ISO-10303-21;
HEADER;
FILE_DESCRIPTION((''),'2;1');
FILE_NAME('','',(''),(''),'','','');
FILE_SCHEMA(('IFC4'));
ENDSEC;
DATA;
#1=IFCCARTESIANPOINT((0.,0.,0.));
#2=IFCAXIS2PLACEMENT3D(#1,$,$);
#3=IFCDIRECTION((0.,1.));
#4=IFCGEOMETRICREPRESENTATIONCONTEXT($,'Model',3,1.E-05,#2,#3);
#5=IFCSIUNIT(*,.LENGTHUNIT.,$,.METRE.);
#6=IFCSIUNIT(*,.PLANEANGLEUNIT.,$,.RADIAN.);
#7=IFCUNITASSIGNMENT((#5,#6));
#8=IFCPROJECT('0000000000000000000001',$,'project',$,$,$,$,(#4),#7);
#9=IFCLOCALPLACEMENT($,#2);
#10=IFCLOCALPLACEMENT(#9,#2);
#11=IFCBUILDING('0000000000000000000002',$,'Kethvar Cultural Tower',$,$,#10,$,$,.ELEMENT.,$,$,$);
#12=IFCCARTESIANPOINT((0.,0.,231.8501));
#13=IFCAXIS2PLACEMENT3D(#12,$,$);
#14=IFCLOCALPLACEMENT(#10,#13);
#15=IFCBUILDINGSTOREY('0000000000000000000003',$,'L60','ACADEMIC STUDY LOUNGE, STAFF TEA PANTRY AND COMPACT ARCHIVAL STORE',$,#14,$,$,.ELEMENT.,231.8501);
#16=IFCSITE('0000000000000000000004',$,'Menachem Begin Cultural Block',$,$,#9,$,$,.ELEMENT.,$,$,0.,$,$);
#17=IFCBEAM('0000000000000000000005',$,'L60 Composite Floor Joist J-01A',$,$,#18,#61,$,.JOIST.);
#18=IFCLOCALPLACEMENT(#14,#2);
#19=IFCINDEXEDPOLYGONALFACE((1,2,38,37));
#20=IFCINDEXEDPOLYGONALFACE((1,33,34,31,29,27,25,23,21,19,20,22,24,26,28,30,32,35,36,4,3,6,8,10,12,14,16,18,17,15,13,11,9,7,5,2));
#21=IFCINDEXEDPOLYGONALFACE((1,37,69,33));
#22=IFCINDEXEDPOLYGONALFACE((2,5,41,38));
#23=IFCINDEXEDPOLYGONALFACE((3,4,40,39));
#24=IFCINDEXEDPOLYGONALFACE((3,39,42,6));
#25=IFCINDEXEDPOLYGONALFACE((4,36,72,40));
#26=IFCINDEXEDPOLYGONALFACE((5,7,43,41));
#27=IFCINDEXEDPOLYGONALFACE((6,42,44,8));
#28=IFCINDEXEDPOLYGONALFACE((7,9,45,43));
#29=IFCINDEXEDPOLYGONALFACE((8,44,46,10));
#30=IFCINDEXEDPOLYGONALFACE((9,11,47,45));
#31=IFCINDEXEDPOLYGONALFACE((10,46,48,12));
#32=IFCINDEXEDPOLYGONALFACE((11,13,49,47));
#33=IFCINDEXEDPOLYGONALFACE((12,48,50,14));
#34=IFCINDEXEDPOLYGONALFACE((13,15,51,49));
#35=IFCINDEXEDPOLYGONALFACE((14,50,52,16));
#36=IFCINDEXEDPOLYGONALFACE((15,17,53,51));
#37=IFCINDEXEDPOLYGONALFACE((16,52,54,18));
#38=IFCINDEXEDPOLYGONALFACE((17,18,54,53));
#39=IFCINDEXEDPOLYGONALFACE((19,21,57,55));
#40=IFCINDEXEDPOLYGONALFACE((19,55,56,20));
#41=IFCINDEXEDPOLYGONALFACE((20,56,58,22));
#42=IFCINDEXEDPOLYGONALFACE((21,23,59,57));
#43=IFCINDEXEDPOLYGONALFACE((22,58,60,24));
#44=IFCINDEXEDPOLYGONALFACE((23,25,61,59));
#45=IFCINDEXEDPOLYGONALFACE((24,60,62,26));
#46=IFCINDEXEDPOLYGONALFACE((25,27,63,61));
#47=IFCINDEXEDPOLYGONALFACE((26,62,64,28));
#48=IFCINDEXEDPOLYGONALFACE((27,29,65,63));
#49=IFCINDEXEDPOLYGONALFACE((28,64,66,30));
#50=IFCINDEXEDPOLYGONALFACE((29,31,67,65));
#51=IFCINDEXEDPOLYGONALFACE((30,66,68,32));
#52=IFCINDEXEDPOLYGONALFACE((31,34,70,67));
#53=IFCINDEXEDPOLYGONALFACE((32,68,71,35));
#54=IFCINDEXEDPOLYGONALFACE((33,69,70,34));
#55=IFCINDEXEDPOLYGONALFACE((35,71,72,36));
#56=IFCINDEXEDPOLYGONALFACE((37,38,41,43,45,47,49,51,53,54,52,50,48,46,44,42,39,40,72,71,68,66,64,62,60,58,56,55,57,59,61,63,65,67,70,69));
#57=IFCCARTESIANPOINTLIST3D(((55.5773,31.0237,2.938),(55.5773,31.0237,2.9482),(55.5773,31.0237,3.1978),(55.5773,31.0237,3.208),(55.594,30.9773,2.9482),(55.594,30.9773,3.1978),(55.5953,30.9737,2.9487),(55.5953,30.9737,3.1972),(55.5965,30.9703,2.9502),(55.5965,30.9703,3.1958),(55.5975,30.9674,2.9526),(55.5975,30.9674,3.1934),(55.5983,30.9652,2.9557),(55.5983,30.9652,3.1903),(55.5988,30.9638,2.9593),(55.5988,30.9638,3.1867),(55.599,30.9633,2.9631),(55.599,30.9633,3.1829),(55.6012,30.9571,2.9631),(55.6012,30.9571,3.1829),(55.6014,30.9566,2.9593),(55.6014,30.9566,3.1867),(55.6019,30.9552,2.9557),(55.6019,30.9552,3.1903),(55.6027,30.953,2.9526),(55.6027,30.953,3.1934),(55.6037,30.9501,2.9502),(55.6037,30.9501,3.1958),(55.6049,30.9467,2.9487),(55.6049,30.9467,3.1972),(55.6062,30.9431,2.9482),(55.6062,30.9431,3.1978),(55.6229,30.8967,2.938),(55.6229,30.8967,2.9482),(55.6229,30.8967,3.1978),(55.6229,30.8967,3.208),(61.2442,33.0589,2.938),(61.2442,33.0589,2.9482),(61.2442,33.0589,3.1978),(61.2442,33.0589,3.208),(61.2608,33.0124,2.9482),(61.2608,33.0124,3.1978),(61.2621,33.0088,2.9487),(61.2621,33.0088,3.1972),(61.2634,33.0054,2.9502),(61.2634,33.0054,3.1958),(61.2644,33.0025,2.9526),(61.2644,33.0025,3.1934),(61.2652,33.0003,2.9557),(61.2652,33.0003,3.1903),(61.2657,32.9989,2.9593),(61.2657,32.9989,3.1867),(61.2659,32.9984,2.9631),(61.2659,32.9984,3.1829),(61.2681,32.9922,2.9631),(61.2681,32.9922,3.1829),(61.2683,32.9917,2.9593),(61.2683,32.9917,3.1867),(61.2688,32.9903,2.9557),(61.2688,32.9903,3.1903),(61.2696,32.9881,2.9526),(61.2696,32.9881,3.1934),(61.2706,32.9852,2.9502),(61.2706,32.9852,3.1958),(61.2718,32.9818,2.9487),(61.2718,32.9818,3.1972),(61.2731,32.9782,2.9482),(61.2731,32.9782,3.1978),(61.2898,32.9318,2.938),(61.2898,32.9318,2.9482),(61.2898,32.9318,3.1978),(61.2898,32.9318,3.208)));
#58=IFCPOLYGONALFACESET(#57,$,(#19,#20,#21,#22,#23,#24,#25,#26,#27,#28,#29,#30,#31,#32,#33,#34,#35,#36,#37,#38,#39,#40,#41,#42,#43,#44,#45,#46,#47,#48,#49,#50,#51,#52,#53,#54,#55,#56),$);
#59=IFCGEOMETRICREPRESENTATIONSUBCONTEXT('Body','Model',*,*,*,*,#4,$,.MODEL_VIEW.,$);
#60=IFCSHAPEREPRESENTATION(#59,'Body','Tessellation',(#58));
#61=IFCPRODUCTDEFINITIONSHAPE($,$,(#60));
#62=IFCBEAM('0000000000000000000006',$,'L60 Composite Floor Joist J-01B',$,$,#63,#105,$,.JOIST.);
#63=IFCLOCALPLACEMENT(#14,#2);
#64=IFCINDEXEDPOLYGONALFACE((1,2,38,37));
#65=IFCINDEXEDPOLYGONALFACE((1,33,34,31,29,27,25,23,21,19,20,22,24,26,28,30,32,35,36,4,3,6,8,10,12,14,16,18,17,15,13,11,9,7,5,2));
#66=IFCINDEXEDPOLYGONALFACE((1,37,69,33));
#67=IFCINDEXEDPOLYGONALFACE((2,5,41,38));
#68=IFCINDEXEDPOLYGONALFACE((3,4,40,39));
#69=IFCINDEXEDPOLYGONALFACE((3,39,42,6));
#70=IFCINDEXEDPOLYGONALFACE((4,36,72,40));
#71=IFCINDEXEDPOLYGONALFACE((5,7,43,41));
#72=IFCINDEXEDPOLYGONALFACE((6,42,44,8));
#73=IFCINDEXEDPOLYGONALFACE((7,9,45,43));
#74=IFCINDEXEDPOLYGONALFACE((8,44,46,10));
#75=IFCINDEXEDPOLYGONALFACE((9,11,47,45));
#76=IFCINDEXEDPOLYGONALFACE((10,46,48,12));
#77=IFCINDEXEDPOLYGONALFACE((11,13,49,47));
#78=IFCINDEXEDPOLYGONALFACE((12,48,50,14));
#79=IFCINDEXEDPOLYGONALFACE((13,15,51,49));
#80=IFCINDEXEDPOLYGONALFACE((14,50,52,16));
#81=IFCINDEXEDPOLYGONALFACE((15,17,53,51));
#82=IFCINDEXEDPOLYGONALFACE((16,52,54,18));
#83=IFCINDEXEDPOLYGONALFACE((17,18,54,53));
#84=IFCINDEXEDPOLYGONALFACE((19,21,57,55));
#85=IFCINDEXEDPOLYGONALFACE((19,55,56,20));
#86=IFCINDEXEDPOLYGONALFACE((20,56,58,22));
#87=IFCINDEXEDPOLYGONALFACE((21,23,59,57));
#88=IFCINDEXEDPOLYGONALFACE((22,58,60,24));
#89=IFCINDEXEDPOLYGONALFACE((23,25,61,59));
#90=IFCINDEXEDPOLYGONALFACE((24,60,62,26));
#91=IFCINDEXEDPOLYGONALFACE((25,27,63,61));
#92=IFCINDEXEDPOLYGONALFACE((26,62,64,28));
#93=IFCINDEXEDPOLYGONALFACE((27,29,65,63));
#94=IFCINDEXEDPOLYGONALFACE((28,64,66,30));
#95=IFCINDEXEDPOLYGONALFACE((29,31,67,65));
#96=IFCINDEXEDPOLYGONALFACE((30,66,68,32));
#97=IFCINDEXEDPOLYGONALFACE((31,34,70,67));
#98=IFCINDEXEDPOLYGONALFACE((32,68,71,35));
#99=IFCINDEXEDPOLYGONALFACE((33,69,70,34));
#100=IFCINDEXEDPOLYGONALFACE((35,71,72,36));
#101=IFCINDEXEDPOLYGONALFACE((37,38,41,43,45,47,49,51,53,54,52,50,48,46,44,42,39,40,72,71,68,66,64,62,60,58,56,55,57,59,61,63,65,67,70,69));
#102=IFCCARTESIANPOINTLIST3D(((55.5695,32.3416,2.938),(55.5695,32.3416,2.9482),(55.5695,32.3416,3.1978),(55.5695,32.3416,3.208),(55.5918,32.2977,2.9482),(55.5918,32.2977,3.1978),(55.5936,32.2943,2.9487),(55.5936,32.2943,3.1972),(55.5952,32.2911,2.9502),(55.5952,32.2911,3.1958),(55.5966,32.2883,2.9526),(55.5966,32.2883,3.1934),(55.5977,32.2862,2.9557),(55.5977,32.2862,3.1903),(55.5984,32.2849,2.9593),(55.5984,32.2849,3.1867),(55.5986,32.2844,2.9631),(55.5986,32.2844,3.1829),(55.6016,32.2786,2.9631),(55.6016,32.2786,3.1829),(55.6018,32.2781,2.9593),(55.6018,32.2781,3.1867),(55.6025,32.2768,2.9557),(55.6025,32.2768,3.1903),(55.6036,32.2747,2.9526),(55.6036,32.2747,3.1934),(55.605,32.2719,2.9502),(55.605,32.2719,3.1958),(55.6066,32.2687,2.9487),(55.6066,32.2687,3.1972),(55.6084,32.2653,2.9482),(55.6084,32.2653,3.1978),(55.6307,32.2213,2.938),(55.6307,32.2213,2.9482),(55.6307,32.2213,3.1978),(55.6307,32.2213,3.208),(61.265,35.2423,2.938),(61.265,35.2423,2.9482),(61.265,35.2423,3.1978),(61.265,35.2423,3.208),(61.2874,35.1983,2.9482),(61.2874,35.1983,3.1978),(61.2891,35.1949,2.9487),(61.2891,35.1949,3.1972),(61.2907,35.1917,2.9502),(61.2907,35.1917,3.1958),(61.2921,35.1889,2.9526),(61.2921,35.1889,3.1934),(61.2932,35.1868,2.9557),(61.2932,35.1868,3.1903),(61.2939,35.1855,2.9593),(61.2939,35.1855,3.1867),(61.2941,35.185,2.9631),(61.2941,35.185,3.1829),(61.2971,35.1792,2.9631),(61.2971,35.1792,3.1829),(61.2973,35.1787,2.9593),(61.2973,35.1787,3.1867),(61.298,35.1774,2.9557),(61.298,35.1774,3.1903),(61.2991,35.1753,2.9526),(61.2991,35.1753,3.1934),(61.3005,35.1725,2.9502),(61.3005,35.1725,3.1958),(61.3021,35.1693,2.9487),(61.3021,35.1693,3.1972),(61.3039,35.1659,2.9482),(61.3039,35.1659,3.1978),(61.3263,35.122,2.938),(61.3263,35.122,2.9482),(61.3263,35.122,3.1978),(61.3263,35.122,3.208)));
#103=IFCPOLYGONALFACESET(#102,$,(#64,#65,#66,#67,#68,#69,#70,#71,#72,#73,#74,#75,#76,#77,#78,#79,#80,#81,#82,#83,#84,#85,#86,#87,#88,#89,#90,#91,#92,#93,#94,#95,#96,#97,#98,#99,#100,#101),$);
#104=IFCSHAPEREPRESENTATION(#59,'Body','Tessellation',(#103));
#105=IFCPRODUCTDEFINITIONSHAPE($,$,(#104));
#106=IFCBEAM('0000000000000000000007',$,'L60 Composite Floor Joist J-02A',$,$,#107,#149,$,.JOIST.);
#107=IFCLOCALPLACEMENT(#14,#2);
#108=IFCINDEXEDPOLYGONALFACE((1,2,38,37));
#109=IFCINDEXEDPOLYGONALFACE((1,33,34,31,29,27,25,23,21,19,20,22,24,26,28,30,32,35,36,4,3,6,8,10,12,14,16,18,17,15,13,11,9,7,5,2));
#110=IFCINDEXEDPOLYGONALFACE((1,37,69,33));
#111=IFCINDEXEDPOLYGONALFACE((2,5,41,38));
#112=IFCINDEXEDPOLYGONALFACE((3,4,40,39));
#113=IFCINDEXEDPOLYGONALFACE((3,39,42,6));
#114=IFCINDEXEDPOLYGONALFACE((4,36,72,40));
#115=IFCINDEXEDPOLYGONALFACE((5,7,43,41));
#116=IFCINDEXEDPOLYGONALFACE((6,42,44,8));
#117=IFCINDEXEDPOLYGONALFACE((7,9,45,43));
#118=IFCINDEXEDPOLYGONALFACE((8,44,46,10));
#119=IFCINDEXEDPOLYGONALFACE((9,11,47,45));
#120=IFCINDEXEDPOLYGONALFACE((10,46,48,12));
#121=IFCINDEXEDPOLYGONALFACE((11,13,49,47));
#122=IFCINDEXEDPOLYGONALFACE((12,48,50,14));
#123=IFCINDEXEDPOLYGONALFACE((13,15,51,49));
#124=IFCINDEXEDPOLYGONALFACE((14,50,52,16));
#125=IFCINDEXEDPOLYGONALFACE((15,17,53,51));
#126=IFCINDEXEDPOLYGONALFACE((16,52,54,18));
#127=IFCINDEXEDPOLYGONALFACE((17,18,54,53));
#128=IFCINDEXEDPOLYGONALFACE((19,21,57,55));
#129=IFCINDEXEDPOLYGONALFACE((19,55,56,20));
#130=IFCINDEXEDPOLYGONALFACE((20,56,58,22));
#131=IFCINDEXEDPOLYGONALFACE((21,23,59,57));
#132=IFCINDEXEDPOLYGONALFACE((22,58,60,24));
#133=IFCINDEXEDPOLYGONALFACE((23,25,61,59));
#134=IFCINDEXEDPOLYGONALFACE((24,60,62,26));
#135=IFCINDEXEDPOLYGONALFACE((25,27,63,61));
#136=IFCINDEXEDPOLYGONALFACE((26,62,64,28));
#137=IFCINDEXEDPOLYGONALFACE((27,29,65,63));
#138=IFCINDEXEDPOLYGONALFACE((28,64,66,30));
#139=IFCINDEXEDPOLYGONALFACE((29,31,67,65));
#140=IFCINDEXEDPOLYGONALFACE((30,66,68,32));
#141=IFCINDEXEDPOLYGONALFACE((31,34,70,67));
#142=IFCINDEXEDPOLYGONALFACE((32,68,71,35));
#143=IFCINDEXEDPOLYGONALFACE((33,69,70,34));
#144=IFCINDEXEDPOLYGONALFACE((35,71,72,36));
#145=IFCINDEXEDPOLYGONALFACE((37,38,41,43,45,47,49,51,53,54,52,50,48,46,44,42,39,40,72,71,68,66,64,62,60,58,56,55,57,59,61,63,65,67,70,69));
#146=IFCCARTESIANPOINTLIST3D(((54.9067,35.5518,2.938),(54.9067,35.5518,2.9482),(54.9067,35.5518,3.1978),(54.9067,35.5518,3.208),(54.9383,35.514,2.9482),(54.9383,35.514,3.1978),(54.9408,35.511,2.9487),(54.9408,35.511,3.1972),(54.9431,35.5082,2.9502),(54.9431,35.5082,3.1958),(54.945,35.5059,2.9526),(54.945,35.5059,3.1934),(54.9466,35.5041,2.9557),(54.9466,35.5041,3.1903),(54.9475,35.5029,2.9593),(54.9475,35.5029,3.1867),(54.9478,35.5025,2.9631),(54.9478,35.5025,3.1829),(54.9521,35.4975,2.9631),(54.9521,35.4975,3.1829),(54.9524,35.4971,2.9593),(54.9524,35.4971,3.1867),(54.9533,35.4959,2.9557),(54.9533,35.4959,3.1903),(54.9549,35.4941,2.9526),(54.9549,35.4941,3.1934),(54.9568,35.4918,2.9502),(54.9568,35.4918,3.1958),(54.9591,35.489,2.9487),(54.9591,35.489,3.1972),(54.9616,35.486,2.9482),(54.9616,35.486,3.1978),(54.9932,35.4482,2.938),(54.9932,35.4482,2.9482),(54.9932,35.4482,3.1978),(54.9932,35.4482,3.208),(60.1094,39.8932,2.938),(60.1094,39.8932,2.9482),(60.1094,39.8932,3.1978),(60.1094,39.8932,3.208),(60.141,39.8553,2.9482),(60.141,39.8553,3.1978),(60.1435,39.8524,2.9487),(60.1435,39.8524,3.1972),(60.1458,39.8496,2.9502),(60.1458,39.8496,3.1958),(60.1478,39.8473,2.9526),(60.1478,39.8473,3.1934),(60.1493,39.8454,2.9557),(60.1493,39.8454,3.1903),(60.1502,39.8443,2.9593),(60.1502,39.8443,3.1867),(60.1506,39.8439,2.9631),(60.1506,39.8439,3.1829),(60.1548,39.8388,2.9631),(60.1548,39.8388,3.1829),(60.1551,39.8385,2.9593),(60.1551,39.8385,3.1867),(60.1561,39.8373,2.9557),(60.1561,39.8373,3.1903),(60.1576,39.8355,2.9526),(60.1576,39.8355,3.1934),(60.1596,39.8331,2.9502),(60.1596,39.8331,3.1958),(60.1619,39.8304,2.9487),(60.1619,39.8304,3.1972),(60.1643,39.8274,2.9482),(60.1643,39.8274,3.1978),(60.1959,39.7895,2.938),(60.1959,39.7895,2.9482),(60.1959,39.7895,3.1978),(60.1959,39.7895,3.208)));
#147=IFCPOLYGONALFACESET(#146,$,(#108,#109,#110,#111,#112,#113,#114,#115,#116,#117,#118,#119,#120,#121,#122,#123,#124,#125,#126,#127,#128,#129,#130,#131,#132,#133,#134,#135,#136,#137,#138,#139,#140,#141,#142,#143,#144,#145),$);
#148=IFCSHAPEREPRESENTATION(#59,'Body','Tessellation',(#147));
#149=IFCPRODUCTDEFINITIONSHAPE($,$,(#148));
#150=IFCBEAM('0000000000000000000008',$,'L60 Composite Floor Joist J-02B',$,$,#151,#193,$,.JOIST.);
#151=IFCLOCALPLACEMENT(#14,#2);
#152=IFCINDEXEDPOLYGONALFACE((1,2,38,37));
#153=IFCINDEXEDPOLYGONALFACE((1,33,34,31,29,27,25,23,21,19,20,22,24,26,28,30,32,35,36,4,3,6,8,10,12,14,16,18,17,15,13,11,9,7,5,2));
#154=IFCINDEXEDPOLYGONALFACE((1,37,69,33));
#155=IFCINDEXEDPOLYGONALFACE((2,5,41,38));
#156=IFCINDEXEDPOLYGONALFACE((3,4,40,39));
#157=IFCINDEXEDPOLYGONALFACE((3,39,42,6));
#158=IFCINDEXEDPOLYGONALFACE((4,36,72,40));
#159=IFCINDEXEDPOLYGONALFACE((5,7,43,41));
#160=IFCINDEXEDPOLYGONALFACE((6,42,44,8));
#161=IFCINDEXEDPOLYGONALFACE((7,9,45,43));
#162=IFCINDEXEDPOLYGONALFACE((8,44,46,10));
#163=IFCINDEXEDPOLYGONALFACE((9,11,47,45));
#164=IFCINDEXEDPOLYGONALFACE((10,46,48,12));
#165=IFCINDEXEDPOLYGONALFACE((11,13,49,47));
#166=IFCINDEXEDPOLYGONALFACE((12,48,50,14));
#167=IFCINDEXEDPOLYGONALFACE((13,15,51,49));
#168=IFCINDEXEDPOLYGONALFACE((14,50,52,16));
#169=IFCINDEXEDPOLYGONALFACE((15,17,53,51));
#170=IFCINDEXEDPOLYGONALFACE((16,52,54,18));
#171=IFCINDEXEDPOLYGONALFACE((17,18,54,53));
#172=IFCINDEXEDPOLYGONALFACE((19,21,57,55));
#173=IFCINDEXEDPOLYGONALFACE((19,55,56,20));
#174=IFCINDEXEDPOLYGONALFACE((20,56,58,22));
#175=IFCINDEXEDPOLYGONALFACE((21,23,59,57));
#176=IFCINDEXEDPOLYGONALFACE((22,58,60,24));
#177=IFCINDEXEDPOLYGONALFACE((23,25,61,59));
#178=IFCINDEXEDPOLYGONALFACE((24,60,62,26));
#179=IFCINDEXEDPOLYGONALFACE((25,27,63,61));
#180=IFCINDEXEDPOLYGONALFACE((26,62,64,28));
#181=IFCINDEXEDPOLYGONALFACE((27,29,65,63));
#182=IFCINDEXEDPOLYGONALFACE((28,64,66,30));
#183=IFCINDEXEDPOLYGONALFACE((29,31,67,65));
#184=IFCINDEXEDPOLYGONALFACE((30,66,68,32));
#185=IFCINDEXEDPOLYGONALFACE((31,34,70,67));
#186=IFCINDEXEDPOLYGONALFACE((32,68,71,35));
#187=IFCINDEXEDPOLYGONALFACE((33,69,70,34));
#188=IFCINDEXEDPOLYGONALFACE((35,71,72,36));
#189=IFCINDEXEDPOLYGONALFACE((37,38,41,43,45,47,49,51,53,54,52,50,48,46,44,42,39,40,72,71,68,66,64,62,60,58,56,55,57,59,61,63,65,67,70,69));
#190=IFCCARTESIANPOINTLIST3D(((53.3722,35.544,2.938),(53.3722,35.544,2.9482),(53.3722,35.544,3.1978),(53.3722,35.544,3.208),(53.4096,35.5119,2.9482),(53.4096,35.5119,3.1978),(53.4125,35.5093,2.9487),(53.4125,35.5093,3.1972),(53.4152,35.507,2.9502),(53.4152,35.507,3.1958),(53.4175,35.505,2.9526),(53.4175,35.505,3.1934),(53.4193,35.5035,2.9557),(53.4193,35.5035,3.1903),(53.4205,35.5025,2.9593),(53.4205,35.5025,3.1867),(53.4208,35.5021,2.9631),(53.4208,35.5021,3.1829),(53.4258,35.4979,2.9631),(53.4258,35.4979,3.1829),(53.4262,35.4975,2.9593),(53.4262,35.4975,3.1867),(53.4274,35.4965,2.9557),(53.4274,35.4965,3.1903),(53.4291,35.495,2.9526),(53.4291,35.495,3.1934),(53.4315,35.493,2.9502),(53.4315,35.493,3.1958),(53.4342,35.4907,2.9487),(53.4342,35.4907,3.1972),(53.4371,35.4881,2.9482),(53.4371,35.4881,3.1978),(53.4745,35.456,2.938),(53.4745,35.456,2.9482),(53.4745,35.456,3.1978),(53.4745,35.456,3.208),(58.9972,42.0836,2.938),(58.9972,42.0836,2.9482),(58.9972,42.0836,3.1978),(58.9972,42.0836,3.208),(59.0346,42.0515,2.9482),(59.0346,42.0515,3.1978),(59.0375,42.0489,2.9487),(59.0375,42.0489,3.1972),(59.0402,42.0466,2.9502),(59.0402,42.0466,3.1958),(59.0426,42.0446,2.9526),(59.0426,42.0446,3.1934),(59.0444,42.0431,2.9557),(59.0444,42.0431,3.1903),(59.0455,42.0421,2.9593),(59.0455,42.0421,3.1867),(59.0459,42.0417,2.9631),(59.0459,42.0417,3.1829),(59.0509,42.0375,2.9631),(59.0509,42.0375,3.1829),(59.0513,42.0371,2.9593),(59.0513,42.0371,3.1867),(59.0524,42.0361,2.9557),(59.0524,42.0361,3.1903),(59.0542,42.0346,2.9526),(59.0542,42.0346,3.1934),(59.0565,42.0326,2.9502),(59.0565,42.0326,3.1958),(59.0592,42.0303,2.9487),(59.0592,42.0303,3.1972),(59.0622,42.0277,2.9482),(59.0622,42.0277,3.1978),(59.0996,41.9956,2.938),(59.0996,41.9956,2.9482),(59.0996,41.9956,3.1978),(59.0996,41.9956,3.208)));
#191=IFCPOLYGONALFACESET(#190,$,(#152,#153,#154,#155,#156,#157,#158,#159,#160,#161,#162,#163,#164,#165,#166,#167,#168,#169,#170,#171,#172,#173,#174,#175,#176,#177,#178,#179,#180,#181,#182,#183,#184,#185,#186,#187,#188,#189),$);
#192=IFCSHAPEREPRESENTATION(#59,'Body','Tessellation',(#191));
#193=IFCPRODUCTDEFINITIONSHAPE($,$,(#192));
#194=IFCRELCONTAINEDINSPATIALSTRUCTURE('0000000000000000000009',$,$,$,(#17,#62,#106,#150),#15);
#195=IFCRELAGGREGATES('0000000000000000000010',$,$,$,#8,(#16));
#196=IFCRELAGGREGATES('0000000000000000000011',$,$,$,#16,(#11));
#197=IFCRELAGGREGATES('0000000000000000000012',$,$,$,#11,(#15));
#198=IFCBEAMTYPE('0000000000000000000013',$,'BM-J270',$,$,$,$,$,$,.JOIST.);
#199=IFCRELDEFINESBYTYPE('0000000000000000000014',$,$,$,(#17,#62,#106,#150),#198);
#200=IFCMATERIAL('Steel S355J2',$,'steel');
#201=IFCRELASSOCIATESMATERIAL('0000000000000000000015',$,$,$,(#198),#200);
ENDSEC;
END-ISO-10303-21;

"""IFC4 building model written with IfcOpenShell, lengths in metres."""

from ifc_helpers import new_model, si_unit, direction, frame, origin, origin_2d, place, context, subcontext, project, spatial, i_section, extrude, source, transform, mapped, material, material_profile, profile_set, type_object, element, save


model = new_model("IFC4")

# Units and contexts
model_context = context("Model", 3, precision=1e-05, world=origin(), true_north=direction((0.0, 1.0)))
body_context = subcontext(model_context, "Body", "Model", "MODEL_VIEW")
ifc_project = project(units=[si_unit("LENGTHUNIT", "METRE"), si_unit("PLANEANGLEUNIT", "RADIAN")], contexts=[model_context])

# Site, building, storey
site_placement = place(None, origin())
site = spatial("IfcSite", under=ifc_project, at=site_placement, Name="Menachem Begin Cultural Block", CompositionType="ELEMENT", RefElevation=0.0)
building_placement = place(site_placement, origin())
building = spatial("IfcBuilding", under=site, at=building_placement, Name="Kethvar Cultural Tower", CompositionType="ELEMENT")
storey_placement = place(building_placement, frame((0.0, 0.0, 231.8501)))
storey = spatial("IfcBuildingStorey", under=building, at=storey_placement, Name="L60", Description="ACADEMIC STUDY LOUNGE, STAFF TEA PANTRY AND COMPACT ARCHIVAL STORE", CompositionType="ELEMENT", Elevation=231.8501)

# Beams
ifc_material_1 = material(Name="Steel S355J2", Category="steel")
ifc_material_profile_1 = material_profile(ifc_material_1, i_section(OverallWidth=0.135, OverallDepth=0.27, WebThickness=0.0066, FlangeThickness=0.0103, FilletRadius=0.0149, at=origin_2d()), Name="Steel S355J2 — IPE270")
ifc_profile_set_1 = profile_set([ifc_material_profile_1], Name="Steel S355J2 — IPE270")
beam_type_1 = type_object("IfcBeamType", Name="BM-J270", PredefinedType="JOIST", material=ifc_profile_set_1)
shared_shape_1 = source(origin(), body_context, "Body", "SweptSolid", [
    extrude(i_section(OverallWidth=0.135, OverallDepth=0.27, WebThickness=0.0066, FlangeThickness=0.0103, FilletRadius=0.0149, at=origin_2d()), origin(), (0.0, 0.0, 1.0), 6.0212),
])
beam_1_placement = place(storey_placement, frame((55.6001, 30.9602, 3.073), z_axis=(0.94115, 0.33799, 0.0), x_axis=(-0.33799, 0.94115, 0.0)))
element("IfcBeam", 1, at=beam_1_placement, inside=storey, type_object=beam_type_1, Name="L60 Composite Floor Joist J-01A", PredefinedType="JOIST", context=body_context, shape_type="MappedRepresentation", body=[
    mapped(shared_shape_1, transform((0.0, 0.0, 0.0), scale=1.0)),
])
shared_shape_2 = source(origin(), body_context, "Body", "SweptSolid", [
    extrude(i_section(OverallWidth=0.135, OverallDepth=0.27, WebThickness=0.0066, FlangeThickness=0.0103, FilletRadius=0.0149, at=origin_2d()), origin(), (0.0, 0.0, 1.0), 6.3916),
])
beam_2_placement = place(storey_placement, frame((55.6001, 32.2815, 3.073), z_axis=(0.891095, 0.453817, 0.0), x_axis=(-0.453817, 0.891095, 0.0)))
element("IfcBeam", 2, at=beam_2_placement, inside=storey, type_object=beam_type_1, Name="L60 Composite Floor Joist J-01B", PredefinedType="JOIST", context=body_context, shape_type="MappedRepresentation", body=[
    mapped(shared_shape_2, transform((0.0, 0.0, 0.0), scale=1.0)),
])
shared_shape_3 = source(origin(), body_context, "Body", "SweptSolid", [
    extrude(i_section(OverallWidth=0.135, OverallDepth=0.27, WebThickness=0.0066, FlangeThickness=0.0103, FilletRadius=0.0149, at=origin_2d()), origin(), (0.0, 0.0, 1.0), 6.7761),
])
beam_3_placement = place(storey_placement, frame((54.95, 35.5, 3.073), z_axis=(0.767802, 0.640688, 0.0), x_axis=(-0.640688, 0.767802, 0.0)))
element("IfcBeam", 3, at=beam_3_placement, inside=storey, type_object=beam_type_1, Name="L60 Composite Floor Joist J-02A", PredefinedType="JOIST", context=body_context, shape_type="MappedRepresentation", body=[
    mapped(shared_shape_3, transform((0.0, 0.0, 0.0), scale=1.0)),
])
shared_shape_4 = source(origin(), body_context, "Body", "SweptSolid", [
    extrude(i_section(OverallWidth=0.135, OverallDepth=0.27, WebThickness=0.0066, FlangeThickness=0.0103, FilletRadius=0.0149, at=origin_2d()), origin(), (0.0, 0.0, 1.0), 8.626),
])
beam_4_placement = place(storey_placement, frame((53.4233, 35.5, 3.073), z_axis=(0.652105, 0.758129, 0.0), x_axis=(-0.758129, 0.652105, 0.0)))
element("IfcBeam", 4, at=beam_4_placement, inside=storey, type_object=beam_type_1, Name="L60 Composite Floor Joist J-02B", PredefinedType="JOIST", context=body_context, shape_type="MappedRepresentation", body=[
    mapped(shared_shape_4, transform((0.0, 0.0, 0.0), scale=1.0)),
])

save(model, "model.ifc")
